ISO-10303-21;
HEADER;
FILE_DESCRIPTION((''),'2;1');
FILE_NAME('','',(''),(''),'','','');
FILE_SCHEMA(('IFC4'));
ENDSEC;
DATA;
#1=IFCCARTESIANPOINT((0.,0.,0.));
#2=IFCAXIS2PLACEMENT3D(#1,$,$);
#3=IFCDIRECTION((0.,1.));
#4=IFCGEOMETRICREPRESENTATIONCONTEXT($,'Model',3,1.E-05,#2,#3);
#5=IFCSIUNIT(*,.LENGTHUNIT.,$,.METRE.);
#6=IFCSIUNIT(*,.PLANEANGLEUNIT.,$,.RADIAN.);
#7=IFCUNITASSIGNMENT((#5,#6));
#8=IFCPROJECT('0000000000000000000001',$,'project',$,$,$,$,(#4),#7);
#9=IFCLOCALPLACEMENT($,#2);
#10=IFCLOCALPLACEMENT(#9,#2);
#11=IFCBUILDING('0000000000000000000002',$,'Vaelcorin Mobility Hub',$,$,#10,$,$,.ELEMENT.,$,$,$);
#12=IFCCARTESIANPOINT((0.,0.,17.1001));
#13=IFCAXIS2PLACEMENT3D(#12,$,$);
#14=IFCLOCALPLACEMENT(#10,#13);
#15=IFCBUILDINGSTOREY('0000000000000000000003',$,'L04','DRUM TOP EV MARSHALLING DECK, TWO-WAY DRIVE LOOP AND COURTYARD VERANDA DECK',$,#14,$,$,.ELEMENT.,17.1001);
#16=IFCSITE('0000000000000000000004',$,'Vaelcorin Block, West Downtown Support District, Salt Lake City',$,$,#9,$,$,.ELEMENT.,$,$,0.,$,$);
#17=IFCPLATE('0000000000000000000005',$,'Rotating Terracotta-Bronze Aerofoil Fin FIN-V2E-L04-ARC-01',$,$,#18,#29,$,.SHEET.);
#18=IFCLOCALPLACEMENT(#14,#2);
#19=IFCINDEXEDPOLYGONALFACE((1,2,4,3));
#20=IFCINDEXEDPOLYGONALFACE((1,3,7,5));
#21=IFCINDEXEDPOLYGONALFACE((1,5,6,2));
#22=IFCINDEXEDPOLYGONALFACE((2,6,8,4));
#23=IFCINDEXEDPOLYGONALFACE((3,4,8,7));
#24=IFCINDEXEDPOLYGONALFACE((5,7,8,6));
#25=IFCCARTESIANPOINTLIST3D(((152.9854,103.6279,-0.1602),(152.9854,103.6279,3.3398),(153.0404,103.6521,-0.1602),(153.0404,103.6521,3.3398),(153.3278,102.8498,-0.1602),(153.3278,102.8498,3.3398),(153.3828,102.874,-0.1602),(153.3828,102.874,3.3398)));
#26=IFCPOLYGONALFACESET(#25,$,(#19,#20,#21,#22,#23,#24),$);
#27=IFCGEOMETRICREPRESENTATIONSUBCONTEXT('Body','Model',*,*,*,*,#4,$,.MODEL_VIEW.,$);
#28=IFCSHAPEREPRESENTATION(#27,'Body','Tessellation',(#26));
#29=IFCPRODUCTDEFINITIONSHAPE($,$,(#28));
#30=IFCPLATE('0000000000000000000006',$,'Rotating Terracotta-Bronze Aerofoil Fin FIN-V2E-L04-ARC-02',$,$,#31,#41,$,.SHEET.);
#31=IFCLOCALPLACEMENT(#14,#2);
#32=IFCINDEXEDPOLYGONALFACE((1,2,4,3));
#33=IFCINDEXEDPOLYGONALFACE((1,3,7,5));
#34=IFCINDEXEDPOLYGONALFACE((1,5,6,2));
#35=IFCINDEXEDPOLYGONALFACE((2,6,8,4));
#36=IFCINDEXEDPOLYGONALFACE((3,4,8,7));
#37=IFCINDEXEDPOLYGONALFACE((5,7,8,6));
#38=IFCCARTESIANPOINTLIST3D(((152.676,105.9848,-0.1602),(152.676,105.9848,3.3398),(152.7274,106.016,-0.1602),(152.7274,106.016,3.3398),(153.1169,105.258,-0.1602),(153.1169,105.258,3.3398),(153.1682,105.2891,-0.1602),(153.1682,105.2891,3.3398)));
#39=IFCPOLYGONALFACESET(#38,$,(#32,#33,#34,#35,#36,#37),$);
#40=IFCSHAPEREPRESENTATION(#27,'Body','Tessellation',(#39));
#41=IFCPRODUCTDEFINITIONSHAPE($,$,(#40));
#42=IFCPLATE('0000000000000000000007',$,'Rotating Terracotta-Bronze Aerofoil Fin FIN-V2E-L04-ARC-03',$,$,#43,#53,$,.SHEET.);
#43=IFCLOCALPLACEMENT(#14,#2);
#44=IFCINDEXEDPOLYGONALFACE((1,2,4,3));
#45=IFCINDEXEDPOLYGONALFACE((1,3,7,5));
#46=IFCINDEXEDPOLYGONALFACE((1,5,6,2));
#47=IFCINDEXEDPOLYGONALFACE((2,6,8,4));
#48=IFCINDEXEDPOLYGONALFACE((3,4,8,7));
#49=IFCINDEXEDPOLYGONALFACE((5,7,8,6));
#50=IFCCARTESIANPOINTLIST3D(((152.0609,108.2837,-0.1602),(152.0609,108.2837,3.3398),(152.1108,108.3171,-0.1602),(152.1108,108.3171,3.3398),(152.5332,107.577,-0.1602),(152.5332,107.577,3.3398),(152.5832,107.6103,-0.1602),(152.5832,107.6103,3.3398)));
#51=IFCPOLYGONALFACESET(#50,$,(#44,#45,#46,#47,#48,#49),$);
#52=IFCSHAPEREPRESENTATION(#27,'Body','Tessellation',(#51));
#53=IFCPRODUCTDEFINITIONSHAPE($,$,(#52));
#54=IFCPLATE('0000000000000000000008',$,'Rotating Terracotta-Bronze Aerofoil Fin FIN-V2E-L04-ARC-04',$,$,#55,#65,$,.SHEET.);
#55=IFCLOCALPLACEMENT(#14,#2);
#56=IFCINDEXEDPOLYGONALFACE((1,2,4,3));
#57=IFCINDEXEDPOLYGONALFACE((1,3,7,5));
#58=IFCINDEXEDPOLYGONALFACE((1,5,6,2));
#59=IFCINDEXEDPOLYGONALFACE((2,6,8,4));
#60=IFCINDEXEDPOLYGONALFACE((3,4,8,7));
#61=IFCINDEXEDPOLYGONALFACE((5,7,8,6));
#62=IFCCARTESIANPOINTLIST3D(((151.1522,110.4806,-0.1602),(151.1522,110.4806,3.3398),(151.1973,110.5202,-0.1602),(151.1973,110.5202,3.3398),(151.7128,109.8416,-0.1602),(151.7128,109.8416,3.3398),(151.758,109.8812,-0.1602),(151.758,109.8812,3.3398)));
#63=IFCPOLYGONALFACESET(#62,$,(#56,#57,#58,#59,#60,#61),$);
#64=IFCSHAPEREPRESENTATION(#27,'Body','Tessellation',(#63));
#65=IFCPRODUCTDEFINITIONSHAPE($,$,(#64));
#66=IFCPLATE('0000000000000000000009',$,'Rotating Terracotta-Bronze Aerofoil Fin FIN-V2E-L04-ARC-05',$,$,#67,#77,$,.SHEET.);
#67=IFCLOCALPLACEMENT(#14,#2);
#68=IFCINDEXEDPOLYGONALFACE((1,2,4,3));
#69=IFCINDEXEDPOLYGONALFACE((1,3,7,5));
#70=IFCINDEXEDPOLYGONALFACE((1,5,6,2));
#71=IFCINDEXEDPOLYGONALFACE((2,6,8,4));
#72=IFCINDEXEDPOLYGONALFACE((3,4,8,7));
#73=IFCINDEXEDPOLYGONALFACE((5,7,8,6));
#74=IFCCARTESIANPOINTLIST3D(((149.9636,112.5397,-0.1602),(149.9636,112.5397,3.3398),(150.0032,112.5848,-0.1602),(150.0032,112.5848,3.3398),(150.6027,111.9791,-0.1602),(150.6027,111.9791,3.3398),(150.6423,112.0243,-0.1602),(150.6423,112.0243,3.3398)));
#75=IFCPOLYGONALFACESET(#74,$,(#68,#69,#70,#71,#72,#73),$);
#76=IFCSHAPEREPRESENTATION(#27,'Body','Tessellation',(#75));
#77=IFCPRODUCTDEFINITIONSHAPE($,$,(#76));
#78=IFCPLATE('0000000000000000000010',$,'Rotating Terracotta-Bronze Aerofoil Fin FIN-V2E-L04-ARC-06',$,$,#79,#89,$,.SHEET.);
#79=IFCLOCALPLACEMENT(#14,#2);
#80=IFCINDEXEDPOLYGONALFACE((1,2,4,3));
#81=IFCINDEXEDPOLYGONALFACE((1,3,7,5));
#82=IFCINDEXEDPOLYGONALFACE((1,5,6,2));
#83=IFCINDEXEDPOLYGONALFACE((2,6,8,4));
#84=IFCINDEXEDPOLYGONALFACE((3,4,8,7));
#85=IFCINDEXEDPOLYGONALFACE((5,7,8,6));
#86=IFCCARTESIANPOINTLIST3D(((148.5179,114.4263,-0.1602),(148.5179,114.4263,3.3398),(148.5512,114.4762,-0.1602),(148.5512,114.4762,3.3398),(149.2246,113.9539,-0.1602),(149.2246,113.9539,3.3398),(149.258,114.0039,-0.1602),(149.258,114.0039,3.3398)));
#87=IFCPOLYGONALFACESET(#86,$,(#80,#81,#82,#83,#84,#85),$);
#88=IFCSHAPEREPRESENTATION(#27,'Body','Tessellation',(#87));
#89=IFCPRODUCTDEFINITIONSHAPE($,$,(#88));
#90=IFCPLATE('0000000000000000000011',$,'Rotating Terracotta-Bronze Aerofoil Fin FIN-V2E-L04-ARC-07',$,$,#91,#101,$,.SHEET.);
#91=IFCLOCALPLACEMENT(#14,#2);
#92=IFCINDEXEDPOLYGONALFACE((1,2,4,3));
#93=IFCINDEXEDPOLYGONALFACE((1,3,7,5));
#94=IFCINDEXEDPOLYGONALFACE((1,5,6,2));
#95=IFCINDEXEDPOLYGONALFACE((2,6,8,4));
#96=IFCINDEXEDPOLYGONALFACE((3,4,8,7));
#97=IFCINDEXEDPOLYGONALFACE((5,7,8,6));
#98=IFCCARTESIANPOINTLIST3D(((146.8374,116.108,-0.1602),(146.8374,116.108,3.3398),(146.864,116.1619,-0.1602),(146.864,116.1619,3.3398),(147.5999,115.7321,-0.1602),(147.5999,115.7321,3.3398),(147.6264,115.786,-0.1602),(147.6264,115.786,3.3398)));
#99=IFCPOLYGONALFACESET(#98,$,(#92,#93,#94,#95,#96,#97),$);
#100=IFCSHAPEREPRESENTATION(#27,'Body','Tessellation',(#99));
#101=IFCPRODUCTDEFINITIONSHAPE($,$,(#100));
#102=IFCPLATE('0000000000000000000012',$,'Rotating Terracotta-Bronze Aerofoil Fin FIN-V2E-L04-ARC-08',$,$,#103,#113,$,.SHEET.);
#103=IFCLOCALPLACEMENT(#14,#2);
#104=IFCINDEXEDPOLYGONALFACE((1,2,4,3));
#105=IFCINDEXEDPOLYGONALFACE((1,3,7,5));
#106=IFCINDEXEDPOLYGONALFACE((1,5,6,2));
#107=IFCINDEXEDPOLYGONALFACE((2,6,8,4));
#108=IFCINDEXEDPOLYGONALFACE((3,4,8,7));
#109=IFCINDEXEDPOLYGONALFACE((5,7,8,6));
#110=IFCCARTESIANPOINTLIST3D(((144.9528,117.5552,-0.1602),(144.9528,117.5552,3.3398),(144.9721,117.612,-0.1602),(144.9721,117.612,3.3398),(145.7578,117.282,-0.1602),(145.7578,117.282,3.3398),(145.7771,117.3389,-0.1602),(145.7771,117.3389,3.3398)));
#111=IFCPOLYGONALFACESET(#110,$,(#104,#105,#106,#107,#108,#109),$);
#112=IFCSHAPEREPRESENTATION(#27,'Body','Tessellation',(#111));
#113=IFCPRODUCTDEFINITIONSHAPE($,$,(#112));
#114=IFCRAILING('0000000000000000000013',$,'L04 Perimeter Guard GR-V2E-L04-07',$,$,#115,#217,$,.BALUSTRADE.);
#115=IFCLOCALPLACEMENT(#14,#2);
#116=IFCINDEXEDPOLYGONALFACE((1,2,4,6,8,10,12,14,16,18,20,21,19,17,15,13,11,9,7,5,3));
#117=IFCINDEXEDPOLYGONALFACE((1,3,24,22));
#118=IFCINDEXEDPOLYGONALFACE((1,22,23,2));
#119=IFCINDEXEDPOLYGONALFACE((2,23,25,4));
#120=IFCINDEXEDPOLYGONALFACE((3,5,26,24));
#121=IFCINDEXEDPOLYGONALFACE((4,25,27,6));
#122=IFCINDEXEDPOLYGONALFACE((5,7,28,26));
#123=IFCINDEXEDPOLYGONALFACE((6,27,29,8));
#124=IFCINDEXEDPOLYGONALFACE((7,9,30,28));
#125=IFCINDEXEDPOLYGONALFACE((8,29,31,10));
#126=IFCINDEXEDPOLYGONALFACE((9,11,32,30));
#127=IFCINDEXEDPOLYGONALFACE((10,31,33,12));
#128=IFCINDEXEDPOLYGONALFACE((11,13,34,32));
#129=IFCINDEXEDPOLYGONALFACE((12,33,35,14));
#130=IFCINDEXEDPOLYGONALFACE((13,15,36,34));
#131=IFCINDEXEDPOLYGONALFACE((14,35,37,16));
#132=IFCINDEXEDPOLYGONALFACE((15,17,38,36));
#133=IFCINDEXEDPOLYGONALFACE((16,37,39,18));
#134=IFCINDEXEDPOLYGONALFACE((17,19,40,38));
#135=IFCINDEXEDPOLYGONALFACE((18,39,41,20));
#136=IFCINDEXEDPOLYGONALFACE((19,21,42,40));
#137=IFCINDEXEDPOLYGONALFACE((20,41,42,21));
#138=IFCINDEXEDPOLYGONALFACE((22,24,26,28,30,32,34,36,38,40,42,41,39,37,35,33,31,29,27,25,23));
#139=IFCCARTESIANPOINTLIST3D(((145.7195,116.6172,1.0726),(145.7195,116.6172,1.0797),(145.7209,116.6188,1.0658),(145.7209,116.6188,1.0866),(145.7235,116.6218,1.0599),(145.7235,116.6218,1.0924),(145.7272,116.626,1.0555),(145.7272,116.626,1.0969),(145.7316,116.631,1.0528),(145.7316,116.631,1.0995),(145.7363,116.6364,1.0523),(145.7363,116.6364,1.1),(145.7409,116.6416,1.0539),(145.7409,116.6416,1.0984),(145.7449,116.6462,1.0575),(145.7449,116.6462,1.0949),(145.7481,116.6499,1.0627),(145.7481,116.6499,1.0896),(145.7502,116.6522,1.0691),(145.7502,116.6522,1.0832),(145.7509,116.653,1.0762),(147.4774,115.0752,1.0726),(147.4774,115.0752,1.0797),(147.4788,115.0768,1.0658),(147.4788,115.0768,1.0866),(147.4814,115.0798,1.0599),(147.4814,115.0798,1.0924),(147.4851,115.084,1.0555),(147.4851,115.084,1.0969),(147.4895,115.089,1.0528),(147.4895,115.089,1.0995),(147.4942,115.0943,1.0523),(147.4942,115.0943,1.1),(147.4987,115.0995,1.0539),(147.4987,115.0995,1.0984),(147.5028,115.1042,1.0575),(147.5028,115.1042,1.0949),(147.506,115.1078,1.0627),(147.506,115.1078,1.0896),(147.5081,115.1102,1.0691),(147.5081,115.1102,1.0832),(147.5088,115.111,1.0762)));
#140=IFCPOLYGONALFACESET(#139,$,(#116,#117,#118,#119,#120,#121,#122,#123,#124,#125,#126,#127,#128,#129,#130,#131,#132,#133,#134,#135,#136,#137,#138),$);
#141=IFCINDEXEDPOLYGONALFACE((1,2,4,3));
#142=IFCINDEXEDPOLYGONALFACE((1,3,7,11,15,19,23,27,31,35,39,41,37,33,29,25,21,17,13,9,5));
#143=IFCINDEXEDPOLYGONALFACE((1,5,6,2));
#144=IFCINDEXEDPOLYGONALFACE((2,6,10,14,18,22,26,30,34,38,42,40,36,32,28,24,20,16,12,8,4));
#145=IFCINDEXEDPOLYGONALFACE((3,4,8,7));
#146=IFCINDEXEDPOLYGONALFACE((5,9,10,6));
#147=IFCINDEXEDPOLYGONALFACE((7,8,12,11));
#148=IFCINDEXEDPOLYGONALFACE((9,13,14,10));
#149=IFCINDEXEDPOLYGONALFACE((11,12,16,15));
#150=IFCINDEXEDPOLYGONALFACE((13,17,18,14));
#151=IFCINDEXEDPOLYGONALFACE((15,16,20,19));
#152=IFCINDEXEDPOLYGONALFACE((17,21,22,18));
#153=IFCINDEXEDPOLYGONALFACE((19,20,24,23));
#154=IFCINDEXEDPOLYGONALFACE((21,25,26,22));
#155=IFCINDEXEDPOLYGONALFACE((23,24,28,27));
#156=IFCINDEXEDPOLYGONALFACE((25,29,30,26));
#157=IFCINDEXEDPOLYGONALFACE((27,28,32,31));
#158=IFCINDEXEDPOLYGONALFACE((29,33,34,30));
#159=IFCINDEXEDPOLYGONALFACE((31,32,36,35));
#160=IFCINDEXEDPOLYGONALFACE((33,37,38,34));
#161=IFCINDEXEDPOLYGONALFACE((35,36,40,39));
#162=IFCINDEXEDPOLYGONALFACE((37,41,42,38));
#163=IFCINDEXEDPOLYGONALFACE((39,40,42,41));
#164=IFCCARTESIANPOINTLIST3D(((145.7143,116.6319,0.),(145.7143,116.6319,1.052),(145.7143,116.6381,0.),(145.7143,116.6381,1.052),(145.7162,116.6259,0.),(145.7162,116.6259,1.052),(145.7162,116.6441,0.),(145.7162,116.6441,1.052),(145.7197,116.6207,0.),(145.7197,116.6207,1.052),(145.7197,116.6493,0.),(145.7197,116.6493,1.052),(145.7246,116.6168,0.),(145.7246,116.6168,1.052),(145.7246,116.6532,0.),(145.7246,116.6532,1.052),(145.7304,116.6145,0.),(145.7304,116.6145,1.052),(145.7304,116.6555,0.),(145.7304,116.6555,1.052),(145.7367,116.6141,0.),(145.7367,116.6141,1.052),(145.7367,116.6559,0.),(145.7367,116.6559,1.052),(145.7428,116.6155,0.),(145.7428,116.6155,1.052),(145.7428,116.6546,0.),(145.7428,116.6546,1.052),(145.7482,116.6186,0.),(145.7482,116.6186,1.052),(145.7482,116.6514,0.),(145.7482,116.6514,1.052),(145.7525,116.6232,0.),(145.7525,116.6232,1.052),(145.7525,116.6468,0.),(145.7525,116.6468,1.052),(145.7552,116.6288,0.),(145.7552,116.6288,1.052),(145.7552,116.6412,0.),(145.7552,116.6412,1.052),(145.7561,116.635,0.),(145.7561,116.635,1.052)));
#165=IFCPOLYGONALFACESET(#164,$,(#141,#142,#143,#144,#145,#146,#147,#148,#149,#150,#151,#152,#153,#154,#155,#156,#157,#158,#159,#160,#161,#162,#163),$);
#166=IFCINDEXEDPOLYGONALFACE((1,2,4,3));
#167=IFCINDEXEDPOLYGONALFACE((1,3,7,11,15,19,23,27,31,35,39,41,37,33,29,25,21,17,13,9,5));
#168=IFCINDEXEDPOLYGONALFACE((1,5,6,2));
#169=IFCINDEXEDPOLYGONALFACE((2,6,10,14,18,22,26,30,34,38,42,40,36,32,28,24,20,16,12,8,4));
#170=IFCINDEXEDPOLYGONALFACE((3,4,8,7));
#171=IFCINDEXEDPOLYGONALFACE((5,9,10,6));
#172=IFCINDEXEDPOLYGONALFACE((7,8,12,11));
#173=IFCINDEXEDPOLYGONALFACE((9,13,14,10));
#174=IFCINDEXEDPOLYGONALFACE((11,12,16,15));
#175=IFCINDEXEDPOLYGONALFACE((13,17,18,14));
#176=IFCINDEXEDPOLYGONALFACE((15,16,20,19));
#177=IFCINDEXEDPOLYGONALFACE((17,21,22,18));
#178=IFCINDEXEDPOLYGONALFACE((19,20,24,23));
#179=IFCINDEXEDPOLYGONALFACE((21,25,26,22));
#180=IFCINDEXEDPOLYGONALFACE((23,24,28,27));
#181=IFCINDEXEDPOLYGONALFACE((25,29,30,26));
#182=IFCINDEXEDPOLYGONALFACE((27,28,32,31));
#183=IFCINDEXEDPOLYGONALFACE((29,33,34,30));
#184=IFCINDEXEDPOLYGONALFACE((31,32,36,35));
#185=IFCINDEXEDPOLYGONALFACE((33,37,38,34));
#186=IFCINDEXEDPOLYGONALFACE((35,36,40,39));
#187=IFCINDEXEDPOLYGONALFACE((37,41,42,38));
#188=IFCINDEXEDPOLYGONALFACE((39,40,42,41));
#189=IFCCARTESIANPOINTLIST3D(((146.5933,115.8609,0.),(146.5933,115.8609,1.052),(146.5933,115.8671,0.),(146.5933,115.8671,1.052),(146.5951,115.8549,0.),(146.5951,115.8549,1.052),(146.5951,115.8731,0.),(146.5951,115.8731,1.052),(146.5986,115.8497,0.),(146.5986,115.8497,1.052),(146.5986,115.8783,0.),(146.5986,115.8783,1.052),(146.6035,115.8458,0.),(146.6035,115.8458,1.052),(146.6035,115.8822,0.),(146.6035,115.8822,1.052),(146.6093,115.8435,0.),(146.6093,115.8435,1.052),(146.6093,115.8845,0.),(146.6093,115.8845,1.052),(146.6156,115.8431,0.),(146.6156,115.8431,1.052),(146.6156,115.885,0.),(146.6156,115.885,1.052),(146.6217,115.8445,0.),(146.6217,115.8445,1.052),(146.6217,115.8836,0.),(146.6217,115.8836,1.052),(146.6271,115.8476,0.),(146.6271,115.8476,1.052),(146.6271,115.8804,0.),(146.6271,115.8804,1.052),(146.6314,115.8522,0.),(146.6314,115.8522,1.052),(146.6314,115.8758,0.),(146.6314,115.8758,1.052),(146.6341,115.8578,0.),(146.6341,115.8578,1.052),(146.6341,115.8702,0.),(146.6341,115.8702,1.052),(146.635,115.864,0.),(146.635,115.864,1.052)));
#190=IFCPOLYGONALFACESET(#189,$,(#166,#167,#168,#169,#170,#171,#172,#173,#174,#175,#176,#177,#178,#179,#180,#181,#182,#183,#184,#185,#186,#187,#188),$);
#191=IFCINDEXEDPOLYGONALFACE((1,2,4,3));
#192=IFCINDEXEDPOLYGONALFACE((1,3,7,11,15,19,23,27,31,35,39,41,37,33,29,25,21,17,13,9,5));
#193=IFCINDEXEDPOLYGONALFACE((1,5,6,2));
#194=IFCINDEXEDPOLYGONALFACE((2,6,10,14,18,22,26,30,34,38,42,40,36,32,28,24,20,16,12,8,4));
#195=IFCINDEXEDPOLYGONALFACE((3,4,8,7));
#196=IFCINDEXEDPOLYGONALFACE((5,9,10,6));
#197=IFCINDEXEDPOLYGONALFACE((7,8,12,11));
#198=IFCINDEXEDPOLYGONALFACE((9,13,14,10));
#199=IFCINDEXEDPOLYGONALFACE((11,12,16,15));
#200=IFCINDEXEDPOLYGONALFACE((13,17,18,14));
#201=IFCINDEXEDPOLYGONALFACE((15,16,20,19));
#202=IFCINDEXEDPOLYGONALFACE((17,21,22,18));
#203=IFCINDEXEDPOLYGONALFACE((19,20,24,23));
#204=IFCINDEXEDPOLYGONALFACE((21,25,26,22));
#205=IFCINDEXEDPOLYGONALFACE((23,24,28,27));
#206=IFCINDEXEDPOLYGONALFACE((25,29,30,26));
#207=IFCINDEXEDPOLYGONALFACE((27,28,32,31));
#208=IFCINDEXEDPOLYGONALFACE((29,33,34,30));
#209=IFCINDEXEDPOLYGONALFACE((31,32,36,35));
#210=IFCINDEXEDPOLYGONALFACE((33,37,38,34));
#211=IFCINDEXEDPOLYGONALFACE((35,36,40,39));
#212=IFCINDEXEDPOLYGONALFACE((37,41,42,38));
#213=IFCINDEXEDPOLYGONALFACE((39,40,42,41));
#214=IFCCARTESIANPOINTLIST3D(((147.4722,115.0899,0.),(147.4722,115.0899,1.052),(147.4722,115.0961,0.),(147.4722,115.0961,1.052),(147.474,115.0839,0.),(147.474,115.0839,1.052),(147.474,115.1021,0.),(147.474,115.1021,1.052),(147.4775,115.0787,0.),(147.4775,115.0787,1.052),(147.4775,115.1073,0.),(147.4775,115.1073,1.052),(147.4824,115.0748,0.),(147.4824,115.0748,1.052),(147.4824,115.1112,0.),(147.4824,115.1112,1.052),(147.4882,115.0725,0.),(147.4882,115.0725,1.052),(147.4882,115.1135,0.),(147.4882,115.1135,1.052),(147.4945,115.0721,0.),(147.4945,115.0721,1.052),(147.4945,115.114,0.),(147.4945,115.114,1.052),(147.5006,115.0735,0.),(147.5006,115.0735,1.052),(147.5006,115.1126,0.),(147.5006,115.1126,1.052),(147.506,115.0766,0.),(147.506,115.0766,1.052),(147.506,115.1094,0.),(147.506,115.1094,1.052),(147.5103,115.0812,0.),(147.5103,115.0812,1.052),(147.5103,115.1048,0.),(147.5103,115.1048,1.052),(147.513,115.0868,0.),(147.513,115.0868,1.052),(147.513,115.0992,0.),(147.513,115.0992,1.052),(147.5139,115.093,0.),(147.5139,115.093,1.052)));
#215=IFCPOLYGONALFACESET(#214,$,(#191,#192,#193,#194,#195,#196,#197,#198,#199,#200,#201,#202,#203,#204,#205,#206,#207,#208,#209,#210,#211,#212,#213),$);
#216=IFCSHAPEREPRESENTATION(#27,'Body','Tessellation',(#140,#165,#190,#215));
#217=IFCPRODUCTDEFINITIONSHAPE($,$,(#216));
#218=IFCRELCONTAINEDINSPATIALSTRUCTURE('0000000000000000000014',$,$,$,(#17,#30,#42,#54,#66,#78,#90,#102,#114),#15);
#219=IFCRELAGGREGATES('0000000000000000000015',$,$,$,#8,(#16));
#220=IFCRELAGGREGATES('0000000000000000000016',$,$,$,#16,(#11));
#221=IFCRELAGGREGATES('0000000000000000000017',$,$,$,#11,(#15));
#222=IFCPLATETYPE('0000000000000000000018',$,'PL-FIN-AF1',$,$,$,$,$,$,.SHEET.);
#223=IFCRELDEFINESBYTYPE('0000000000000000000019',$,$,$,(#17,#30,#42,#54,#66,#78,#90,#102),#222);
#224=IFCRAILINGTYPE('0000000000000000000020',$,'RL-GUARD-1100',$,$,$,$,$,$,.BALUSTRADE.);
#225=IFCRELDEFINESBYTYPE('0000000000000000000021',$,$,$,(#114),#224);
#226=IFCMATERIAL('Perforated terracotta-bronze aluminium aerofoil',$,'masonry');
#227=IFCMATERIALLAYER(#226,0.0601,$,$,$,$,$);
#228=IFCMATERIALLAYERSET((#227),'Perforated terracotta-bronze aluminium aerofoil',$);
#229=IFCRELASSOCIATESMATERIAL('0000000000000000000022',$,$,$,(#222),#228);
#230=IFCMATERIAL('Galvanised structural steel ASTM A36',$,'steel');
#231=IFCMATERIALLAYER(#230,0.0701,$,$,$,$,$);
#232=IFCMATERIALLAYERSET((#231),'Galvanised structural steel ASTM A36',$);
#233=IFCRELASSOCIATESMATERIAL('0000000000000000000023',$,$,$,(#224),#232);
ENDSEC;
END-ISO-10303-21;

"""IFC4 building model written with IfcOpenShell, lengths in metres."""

from ifc_helpers import new_model, si_unit, direction, frame, origin, origin_2d, place, context, subcontext, project, spatial, rectangle, circle, extrude, material, layer, layer_set, type_object, element, save


model = new_model("IFC4")

# Units and contexts
model_context = context("Model", 3, precision=1e-05, world=origin(), true_north=direction((0.0, 1.0)))
body_context = subcontext(model_context, "Body", "Model", "MODEL_VIEW")
ifc_project = project(units=[si_unit("LENGTHUNIT", "METRE"), si_unit("PLANEANGLEUNIT", "RADIAN")], contexts=[model_context])

# Site, building, storey
site_placement = place(None, origin())
site = spatial("IfcSite", under=ifc_project, at=site_placement, Name="Vaelcorin Block, West Downtown Support District, Salt Lake City", CompositionType="ELEMENT", RefElevation=0.0)
building_placement = place(site_placement, origin())
building = spatial("IfcBuilding", under=site, at=building_placement, Name="Vaelcorin Mobility Hub", CompositionType="ELEMENT")
storey_placement = place(building_placement, frame((0.0, 0.0, 17.1001)))
storey = spatial("IfcBuildingStorey", under=building, at=storey_placement, Name="L04", Description="DRUM TOP EV MARSHALLING DECK, TWO-WAY DRIVE LOOP AND COURTYARD VERANDA DECK", CompositionType="ELEMENT", Elevation=17.1001)

# Plates
ifc_material_1 = material(Name="Perforated terracotta-bronze aluminium aerofoil", Category="masonry")
ifc_layer_1 = layer(ifc_material_1, 0.0601)
ifc_layer_set_1 = layer_set([ifc_layer_1], Name="Perforated terracotta-bronze aluminium aerofoil")
plate_type = type_object("IfcPlateType", Name="PL-FIN-AF1", PredefinedType="SHEET", material=ifc_layer_set_1)
for number, where, z_axis, x_axis, name in (
    (1, (153.1841, 103.251, -0.1602), (0.0, 0.0, 1.0), (0.402763, -0.915304, 0.0), "Rotating Terracotta-Bronze Aerofoil Fin FIN-V2E-L04-ARC-01"),
    (2, (152.9221, 105.637, -0.1602), (0.0, 0.0, 1.0), (0.518594, -0.855021, 0.0), "Rotating Terracotta-Bronze Aerofoil Fin FIN-V2E-L04-ARC-02"),
    (3, (152.322, 107.947, -0.1602), (0.0, 0.0, 1.0), (0.555686, -0.831392, 0.0), "Rotating Terracotta-Bronze Aerofoil Fin FIN-V2E-L04-ARC-03"),
    (4, (151.4551, 110.1809, -0.1602), (0.0, 0.0, 1.0), (0.659477, -0.751725, 0.0), "Rotating Terracotta-Bronze Aerofoil Fin FIN-V2E-L04-ARC-04"),
    (5, (150.303, 112.282, -0.1602), (0.0, 0.0, 1.0), (0.751771, -0.659425, 0.0), "Rotating Terracotta-Bronze Aerofoil Fin FIN-V2E-L04-ARC-05"),
    (6, (148.8879, 114.2151, -0.1602), (0.0, 0.0, 1.0), (0.831421, -0.555643, 0.0), "Rotating Terracotta-Bronze Aerofoil Fin FIN-V2E-L04-ARC-06"),
    (7, (147.2319, 115.947, -0.1602), (0.0, 0.0, 1.0), (0.896911, -0.44221, 0.0), "Rotating Terracotta-Bronze Aerofoil Fin FIN-V2E-L04-ARC-07"),
    (8, (145.365, 117.447, -0.1602), (0.0, 0.0, 1.0), (0.946964, -0.32134, 0.0), "Rotating Terracotta-Bronze Aerofoil Fin FIN-V2E-L04-ARC-08"),
):
    element("IfcPlate", number, at=place(storey_placement, frame(where, z_axis=z_axis, x_axis=x_axis)), inside=storey, type_object=plate_type, Name=name, PredefinedType="SHEET", context=body_context, shape_type="SweptSolid", body=[
        extrude(rectangle(XDim=0.8501, YDim=0.0601, at=origin_2d()), origin(), (0.0, 0.0, 1.0), 3.5),
    ])

# Railing
ifc_material_2 = material(Name="Galvanised structural steel ASTM A36", Category="steel")
ifc_layer_2 = layer(ifc_material_2, 0.0701)
ifc_layer_set_2 = layer_set([ifc_layer_2], Name="Galvanised structural steel ASTM A36")
railing_type = type_object("IfcRailingType", Name="RL-GUARD-1100", PredefinedType="BALUSTRADE", material=ifc_layer_set_2)
railing_1_placement = place(storey_placement, frame((145.7351, 116.635, 0.0)))
element("IfcRailing", 9, at=railing_1_placement, inside=storey, type_object=railing_type, Name="L04 Perimeter Guard GR-V2E-L04-07", PredefinedType="BALUSTRADE", context=body_context, shape_type="SweptSolid", body=[
    extrude(circle(Radius=0.0239, at=origin_2d()), frame((0.0, 0.0, 1.0762), z_axis=(0.751748, -0.65945, 0.0), x_axis=(0.65945, 0.751748, 0.0)), (0.0, 0.0, 1.0), 2.3384),
    extrude(circle(Radius=0.021, at=origin_2d()), origin(), (0.0, 0.0, 1.0), 1.052),
    extrude(circle(Radius=0.021, at=origin_2d()), frame((0.8789, -0.771, 0.0)), (0.0, 0.0, 1.0), 1.052),
    extrude(circle(Radius=0.021, at=origin_2d()), frame((1.7578, -1.542, 0.0)), (0.0, 0.0, 1.0), 1.052),
])

save(model, "model.ifc")
